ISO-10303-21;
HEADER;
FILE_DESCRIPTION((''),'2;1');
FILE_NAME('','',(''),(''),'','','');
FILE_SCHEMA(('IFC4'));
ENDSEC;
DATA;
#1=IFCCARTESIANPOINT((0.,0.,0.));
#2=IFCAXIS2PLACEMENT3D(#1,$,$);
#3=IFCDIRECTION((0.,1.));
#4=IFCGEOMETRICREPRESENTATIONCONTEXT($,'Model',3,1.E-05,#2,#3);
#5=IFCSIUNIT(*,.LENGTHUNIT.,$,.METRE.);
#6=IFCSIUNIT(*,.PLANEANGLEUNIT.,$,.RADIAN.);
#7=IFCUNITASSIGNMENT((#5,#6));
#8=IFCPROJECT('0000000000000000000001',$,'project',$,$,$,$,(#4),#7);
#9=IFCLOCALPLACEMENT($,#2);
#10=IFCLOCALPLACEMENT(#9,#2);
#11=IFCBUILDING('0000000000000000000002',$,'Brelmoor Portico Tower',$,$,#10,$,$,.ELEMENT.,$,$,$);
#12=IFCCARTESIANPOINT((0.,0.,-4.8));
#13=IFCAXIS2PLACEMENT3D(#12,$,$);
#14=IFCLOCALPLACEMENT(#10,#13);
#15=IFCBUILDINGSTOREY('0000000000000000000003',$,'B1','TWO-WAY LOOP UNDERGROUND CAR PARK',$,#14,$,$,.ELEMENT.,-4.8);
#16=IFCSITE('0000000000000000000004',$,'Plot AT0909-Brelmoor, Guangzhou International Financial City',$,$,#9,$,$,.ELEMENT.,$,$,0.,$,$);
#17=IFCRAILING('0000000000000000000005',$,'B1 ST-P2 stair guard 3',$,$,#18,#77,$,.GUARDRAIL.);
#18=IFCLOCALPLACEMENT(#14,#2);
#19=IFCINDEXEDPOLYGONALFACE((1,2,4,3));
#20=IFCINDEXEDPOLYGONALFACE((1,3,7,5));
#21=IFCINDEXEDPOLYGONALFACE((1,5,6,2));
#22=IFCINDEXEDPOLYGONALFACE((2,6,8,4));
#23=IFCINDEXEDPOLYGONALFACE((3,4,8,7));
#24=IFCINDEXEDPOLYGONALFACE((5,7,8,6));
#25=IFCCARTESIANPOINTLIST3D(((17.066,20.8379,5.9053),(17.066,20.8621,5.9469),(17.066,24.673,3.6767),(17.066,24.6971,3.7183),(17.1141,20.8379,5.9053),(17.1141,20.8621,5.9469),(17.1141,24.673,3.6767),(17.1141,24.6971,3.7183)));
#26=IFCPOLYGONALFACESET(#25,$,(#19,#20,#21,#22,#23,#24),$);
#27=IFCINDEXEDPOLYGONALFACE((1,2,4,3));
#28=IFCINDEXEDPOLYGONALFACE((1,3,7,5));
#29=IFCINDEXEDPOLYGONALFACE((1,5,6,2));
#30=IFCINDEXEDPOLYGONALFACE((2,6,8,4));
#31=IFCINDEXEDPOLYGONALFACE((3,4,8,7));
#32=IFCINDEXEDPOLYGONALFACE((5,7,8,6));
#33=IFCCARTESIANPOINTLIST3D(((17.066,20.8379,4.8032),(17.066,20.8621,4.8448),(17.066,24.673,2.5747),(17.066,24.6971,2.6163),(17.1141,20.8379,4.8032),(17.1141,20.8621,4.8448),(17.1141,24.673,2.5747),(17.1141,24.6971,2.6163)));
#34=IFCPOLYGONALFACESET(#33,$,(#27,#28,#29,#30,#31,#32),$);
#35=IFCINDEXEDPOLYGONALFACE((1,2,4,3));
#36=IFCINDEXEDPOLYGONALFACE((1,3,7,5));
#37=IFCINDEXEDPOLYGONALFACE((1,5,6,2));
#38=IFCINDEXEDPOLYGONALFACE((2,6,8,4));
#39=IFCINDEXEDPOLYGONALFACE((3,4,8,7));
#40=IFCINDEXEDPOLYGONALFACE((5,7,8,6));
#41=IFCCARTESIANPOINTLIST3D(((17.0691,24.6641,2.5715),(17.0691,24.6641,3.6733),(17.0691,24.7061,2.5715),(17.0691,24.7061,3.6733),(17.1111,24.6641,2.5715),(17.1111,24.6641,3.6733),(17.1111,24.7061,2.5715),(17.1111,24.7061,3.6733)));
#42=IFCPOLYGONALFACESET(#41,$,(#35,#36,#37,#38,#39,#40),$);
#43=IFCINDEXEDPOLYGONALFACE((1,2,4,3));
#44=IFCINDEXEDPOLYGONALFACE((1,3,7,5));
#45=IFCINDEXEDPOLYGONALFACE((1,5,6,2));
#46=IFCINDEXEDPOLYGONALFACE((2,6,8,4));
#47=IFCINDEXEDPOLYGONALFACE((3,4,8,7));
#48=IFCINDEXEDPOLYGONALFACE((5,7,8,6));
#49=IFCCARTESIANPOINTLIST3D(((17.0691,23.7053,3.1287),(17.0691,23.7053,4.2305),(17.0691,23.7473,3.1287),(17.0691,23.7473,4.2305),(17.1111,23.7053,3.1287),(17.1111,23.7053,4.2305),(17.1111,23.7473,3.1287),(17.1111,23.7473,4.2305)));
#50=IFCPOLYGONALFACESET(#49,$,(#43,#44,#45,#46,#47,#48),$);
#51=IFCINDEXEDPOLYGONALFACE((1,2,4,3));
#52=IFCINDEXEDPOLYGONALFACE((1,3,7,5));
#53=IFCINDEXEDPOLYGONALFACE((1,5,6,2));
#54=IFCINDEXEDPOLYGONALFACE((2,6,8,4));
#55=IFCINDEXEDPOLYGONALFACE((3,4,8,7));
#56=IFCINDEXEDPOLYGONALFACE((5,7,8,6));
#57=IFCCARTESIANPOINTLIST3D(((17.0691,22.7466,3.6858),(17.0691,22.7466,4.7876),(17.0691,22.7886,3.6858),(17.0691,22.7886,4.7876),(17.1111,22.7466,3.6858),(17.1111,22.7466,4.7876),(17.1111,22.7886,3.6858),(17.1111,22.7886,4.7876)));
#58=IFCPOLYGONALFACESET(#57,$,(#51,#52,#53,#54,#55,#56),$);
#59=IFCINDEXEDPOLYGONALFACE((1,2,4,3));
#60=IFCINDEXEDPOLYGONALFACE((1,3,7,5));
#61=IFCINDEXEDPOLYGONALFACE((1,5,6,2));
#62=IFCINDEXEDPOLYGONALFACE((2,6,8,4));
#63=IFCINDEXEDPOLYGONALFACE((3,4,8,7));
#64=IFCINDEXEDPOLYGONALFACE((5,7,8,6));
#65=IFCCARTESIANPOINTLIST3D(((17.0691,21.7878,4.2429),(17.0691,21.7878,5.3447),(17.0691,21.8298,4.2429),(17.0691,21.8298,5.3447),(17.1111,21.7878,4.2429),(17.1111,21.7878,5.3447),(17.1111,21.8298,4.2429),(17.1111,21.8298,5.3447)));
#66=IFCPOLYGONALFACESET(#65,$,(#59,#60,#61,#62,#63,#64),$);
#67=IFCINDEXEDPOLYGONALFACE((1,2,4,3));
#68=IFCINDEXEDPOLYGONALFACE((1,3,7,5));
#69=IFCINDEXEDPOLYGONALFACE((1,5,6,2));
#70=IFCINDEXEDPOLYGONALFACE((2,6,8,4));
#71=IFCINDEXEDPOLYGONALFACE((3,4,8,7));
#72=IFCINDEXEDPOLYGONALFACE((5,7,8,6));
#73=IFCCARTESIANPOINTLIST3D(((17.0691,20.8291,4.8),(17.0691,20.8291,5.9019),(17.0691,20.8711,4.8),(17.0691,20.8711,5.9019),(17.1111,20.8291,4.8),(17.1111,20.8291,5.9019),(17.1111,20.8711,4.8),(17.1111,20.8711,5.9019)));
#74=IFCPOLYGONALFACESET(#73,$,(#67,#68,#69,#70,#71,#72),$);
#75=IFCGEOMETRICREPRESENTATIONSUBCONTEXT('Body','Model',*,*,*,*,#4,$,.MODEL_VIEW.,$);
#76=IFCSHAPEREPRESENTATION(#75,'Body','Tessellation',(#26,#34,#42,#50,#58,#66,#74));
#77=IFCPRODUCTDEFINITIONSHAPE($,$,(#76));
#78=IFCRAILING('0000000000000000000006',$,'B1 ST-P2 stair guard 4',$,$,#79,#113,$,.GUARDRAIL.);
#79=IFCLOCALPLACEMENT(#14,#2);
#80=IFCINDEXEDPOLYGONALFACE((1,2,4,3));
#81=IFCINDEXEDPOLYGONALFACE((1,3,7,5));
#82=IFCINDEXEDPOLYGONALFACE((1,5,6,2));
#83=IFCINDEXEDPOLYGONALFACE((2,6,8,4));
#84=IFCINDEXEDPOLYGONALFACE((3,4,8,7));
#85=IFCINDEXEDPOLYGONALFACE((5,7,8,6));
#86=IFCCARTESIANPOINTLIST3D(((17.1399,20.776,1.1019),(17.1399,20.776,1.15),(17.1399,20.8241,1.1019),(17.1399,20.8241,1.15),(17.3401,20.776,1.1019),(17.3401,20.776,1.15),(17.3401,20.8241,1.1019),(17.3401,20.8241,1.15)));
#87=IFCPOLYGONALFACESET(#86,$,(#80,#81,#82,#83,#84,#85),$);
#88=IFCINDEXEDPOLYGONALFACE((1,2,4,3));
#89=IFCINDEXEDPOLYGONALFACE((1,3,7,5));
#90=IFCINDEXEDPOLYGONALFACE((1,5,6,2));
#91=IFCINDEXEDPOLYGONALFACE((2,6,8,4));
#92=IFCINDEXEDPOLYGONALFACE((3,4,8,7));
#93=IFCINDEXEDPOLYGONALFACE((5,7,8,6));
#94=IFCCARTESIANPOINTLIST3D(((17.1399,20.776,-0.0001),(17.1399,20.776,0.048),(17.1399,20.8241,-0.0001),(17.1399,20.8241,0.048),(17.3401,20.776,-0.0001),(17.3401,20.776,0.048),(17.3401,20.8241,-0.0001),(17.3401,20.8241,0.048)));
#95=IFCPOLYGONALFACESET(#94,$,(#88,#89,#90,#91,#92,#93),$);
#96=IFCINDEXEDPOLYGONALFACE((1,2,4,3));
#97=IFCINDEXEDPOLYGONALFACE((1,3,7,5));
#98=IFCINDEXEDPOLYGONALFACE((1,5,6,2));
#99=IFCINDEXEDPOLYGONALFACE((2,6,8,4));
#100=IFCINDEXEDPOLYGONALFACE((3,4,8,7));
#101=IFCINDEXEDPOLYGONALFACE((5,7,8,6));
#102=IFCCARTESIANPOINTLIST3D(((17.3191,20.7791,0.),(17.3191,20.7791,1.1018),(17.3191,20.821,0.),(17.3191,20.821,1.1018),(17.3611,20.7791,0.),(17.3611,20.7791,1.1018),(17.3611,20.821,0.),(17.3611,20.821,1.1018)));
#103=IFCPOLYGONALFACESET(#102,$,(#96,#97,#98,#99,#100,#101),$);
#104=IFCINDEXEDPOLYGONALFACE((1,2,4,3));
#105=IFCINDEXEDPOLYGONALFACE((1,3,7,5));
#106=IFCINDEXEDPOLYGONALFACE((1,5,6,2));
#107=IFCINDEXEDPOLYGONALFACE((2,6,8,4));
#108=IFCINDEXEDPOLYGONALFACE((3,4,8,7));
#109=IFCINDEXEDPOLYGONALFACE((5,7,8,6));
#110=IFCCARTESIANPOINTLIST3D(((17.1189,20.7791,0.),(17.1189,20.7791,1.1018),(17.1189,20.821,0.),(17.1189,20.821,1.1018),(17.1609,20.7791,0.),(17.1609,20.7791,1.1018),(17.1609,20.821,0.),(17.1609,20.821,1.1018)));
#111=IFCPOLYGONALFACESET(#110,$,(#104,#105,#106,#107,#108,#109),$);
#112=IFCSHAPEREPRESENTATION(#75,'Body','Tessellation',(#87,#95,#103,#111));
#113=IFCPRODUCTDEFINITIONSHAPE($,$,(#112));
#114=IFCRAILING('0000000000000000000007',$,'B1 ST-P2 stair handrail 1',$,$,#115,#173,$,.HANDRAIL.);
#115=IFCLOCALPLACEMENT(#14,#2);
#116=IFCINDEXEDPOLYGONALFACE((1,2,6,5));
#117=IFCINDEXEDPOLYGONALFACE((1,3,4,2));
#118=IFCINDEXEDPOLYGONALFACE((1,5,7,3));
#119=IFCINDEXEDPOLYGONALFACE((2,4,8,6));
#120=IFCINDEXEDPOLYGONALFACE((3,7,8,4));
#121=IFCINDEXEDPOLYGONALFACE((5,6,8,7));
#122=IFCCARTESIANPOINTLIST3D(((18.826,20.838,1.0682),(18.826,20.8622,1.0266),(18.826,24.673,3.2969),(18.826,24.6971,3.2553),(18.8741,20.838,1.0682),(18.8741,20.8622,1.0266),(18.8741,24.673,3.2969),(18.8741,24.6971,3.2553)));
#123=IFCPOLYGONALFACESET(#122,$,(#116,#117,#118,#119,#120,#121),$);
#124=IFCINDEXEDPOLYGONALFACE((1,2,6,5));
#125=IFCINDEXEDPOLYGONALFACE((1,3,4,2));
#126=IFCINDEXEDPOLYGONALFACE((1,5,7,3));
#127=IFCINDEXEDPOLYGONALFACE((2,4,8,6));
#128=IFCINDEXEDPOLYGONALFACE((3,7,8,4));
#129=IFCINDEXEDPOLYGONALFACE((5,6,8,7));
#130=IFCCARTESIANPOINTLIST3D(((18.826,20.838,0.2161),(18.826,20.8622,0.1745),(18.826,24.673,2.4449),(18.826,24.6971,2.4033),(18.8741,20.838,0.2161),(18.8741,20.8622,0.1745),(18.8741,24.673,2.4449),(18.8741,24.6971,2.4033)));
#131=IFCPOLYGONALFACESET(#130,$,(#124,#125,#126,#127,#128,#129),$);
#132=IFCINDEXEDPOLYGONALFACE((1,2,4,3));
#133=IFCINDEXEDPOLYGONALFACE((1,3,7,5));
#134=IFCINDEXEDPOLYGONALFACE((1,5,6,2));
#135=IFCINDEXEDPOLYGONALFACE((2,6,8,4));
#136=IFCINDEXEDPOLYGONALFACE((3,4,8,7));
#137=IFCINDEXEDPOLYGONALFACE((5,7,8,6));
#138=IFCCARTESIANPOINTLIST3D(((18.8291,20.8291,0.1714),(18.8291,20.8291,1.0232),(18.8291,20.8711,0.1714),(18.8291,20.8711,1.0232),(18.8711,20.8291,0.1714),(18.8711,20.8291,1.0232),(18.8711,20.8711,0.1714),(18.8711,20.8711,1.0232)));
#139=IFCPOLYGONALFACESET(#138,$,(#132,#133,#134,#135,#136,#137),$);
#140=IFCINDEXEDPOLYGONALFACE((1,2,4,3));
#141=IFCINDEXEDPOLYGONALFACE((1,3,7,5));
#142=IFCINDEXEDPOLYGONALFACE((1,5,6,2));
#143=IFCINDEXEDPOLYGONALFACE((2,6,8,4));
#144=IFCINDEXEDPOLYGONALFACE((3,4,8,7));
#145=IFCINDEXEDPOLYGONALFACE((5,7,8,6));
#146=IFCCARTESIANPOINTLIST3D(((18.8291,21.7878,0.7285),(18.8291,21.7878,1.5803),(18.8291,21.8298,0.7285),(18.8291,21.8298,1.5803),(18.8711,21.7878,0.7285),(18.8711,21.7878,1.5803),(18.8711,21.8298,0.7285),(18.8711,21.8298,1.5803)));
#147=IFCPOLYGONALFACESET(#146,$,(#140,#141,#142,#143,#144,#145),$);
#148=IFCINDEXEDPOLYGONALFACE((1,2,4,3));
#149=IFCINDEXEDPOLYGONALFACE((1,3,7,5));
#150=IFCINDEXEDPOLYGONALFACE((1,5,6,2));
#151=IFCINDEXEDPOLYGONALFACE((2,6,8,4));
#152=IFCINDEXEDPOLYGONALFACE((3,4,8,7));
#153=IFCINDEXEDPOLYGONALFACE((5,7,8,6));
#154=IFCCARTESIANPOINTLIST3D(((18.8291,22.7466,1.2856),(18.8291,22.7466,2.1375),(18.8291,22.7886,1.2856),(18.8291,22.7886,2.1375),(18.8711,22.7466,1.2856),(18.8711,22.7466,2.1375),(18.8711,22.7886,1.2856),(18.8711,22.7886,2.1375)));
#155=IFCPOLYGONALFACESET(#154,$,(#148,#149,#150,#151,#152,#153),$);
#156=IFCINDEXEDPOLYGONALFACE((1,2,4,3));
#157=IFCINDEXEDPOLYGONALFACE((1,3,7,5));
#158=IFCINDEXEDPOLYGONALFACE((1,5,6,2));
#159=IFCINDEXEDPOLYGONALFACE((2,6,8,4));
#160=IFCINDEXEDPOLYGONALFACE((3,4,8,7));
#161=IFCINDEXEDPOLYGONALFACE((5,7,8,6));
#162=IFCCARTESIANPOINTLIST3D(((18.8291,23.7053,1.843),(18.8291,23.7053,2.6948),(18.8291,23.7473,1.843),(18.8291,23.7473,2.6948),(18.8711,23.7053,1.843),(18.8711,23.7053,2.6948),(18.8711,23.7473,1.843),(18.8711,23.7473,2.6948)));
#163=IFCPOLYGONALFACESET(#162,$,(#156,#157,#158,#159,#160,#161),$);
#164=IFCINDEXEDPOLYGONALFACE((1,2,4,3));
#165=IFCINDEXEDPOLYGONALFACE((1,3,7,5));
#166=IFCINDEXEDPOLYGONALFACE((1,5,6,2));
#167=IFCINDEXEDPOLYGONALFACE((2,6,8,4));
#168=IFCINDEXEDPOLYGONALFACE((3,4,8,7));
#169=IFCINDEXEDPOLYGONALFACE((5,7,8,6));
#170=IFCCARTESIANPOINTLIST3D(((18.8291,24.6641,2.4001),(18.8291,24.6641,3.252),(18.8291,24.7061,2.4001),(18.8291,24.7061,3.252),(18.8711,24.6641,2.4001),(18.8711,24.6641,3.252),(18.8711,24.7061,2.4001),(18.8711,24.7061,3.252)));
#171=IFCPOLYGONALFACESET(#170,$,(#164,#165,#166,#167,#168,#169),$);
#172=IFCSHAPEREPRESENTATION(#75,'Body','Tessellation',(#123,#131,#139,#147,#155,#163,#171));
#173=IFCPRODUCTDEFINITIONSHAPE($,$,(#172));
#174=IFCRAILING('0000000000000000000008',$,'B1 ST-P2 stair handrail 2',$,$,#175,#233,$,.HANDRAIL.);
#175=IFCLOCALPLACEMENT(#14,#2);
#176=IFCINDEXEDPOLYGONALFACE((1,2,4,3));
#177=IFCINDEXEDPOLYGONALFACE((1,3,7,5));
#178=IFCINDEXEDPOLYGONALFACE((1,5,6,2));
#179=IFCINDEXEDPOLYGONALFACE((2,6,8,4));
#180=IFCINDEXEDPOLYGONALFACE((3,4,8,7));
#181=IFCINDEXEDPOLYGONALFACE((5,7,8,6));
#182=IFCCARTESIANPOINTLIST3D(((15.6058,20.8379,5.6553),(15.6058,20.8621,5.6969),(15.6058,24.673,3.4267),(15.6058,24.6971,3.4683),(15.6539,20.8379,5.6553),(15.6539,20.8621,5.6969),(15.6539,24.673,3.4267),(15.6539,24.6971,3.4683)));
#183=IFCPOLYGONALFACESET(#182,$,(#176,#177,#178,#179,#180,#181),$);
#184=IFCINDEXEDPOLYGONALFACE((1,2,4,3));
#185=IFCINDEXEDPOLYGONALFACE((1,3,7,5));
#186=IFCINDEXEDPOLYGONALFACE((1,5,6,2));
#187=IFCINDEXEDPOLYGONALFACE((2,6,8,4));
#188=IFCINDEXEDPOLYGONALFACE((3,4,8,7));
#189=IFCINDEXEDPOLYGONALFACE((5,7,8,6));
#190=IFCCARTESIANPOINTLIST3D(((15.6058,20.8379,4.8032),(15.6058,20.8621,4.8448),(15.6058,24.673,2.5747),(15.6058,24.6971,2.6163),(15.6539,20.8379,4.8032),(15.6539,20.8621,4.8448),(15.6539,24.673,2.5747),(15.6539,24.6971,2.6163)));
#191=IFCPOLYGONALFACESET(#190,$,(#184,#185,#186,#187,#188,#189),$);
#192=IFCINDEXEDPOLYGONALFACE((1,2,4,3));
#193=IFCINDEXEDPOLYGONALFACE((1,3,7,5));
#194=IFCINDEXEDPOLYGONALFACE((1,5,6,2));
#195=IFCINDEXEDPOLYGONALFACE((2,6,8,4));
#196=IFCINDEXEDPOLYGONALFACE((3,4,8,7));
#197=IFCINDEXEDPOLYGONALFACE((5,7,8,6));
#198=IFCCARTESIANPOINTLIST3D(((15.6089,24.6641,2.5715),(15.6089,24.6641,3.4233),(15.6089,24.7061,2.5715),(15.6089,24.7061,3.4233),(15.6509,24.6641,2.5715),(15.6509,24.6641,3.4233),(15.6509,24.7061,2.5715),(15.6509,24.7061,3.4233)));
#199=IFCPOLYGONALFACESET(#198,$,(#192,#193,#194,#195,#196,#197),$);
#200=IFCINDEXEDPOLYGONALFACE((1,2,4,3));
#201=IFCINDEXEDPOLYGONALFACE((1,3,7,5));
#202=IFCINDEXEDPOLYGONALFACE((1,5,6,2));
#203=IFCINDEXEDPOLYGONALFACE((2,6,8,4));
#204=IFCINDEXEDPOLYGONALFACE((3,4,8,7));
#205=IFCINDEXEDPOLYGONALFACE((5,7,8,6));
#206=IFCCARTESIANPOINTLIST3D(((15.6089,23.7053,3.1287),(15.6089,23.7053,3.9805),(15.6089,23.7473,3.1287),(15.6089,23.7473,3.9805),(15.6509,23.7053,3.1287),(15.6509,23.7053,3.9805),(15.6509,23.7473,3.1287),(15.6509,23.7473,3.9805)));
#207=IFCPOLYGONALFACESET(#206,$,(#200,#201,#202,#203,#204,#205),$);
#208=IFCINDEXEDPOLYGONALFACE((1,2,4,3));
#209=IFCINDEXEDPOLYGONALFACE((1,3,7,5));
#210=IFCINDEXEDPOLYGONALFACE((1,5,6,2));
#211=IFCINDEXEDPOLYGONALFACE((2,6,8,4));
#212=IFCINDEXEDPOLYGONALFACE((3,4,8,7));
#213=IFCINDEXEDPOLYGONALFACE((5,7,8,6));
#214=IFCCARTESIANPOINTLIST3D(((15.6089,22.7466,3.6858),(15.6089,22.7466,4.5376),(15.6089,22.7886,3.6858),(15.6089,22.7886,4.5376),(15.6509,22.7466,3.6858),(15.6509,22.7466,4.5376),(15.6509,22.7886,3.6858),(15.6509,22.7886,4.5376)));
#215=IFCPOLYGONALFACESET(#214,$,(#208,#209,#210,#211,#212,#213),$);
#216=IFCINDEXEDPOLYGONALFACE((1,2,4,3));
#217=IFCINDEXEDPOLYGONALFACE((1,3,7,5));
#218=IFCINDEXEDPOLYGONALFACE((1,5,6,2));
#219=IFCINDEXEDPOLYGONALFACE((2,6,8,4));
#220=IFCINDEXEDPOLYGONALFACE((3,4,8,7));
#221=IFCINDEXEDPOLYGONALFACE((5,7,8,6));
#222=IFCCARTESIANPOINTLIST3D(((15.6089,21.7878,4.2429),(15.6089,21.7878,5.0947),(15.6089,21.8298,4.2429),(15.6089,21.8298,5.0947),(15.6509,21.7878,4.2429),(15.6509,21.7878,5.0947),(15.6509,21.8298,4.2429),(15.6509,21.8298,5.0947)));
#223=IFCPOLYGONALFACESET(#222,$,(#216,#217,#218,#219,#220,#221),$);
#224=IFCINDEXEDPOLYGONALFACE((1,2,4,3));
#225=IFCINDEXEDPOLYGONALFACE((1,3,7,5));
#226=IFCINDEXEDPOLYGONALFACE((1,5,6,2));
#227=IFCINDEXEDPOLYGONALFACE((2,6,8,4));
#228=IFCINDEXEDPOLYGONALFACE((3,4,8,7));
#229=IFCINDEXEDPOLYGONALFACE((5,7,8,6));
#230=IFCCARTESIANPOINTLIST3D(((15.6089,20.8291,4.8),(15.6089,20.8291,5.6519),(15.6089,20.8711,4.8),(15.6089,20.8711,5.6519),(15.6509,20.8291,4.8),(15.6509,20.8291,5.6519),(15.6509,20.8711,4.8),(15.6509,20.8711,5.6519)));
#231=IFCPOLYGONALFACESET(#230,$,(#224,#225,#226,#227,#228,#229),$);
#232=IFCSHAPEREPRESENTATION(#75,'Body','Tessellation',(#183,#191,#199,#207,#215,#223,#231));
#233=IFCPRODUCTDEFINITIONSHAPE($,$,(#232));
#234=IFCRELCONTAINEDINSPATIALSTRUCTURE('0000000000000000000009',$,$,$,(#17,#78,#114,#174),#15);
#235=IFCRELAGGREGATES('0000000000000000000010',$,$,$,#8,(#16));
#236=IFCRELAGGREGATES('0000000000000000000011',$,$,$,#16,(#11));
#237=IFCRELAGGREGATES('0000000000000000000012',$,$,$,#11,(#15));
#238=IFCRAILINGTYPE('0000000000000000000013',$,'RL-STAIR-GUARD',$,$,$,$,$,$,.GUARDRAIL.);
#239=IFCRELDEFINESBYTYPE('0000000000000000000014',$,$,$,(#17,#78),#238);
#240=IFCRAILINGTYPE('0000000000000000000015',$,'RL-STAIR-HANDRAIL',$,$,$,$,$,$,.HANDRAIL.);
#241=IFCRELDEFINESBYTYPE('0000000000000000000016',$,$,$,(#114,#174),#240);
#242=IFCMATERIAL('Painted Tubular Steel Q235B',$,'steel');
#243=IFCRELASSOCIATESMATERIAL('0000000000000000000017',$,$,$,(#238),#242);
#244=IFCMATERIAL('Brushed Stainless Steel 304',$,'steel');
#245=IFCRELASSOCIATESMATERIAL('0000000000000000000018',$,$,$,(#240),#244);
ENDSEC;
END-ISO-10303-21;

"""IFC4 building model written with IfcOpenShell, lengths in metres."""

from ifc_helpers import new_model, si_unit, direction, frame, origin, origin_2d, place, context, subcontext, project, spatial, rectangle, extrude, material, type_object, element, save


model = new_model("IFC4")

# Units and contexts
model_context = context("Model", 3, precision=1e-05, world=origin(), true_north=direction((0.0, 1.0)))
body_context = subcontext(model_context, "Body", "Model", "MODEL_VIEW")
ifc_project = project(units=[si_unit("LENGTHUNIT", "METRE"), si_unit("PLANEANGLEUNIT", "RADIAN")], contexts=[model_context])

# Site, building, storey
site_placement = place(None, origin())
site = spatial("IfcSite", under=ifc_project, at=site_placement, Name="Plot AT0909-Brelmoor, Guangzhou International Financial City", CompositionType="ELEMENT", RefElevation=0.0)
building_placement = place(site_placement, origin())
building = spatial("IfcBuilding", under=site, at=building_placement, Name="Brelmoor Portico Tower", CompositionType="ELEMENT")
storey_placement = place(building_placement, frame((0.0, 0.0, -4.8)))
storey = spatial("IfcBuildingStorey", under=building, at=storey_placement, Name="B1", Description="TWO-WAY LOOP UNDERGROUND CAR PARK", CompositionType="ELEMENT", Elevation=-4.8)

# Railings
ifc_material_1 = material(Name="Painted Tubular Steel Q235B", Category="steel")
railing_type_1 = type_object("IfcRailingType", Name="RL-STAIR-GUARD", PredefinedType="GUARDRAIL", material=ifc_material_1)
railing_1_placement = place(storey_placement, frame((17.0901, 24.6851, 2.5715)))
element("IfcRailing", 1, at=railing_1_placement, inside=storey, type_object=railing_type_1, Name="B1 ST-P2 stair guard 3", PredefinedType="GUARDRAIL", context=body_context, shape_type="SweptSolid", body=[
    extrude(rectangle(XDim=0.0481, YDim=0.0481, at=origin_2d()), frame((0.0, 0.0, 1.126), z_axis=(0.0, -0.864616, 0.502433), x_axis=(1.0, 0.0, 0.0)), (0.0, 0.0, 1.0), 4.4355),
    extrude(rectangle(XDim=0.0481, YDim=0.0481, at=origin_2d()), frame((0.0, 0.0, 0.0239), z_axis=(0.0, -0.864616, 0.502433), x_axis=(1.0, 0.0, 0.0)), (0.0, 0.0, 1.0), 4.4355),
    extrude(rectangle(XDim=0.042, YDim=0.042, at=origin_2d()), origin(), (0.0, 0.0, 1.0), 1.1018),
    extrude(rectangle(XDim=0.042, YDim=0.042, at=origin_2d()), frame((0.0, -0.9587, 0.5571)), (0.0, 0.0, 1.0), 1.1018),
    extrude(rectangle(XDim=0.042, YDim=0.042, at=origin_2d()), frame((0.0, -1.9175, 1.1143)), (0.0, 0.0, 1.0), 1.1018),
    extrude(rectangle(XDim=0.042, YDim=0.042, at=origin_2d()), frame((0.0, -2.8762, 1.6714)), (0.0, 0.0, 1.0), 1.1018),
    extrude(rectangle(XDim=0.042, YDim=0.042, at=origin_2d()), frame((0.0, -3.835, 2.2285)), (0.0, 0.0, 1.0), 1.1018),
])
railing_2_placement = place(storey_placement, frame((17.3401, 20.8, 0.0)))
element("IfcRailing", 2, at=railing_2_placement, inside=storey, type_object=railing_type_1, Name="B1 ST-P2 stair guard 4", PredefinedType="GUARDRAIL", context=body_context, shape_type="SweptSolid", body=[
    extrude(rectangle(XDim=0.0481, YDim=0.0481, at=origin_2d()), frame((0.0, 0.0, 1.126), z_axis=(-1.0, 0.0, 0.0), x_axis=(0.0, -1.0, 0.0)), (0.0, 0.0, 1.0), 0.2002),
    extrude(rectangle(XDim=0.0481, YDim=0.0481, at=origin_2d()), frame((0.0, 0.0, 0.0239), z_axis=(-1.0, 0.0, 0.0), x_axis=(0.0, -1.0, 0.0)), (0.0, 0.0, 1.0), 0.2002),
    extrude(rectangle(XDim=0.042, YDim=0.042, at=origin_2d()), origin(), (0.0, 0.0, 1.0), 1.1018),
    extrude(rectangle(XDim=0.042, YDim=0.042, at=origin_2d()), frame((-0.2002, 0.0, 0.0)), (0.0, 0.0, 1.0), 1.1018),
])
ifc_material_2 = material(Name="Brushed Stainless Steel 304", Category="steel")
railing_type_2 = type_object("IfcRailingType", Name="RL-STAIR-HANDRAIL", PredefinedType="HANDRAIL", material=ifc_material_2)
railing_3_placement = place(storey_placement, frame((18.8501, 20.8501, 0.1714)))
element("IfcRailing", 3, at=railing_3_placement, inside=storey, type_object=railing_type_2, Name="B1 ST-P2 stair handrail 1", PredefinedType="HANDRAIL", context=body_context, shape_type="SweptSolid", body=[
    extrude(rectangle(XDim=0.0481, YDim=0.0481, at=origin_2d()), frame((0.0, 0.0, 0.876), z_axis=(0.0, 0.864592, 0.502474), x_axis=(-1.0, 0.0, 0.0)), (0.0, 0.0, 1.0), 4.4355),
    extrude(rectangle(XDim=0.0481, YDim=0.0481, at=origin_2d()), frame((0.0, 0.0, 0.0239), z_axis=(0.0, 0.864592, 0.502474), x_axis=(-1.0, 0.0, 0.0)), (0.0, 0.0, 1.0), 4.4355),
    extrude(rectangle(XDim=0.042, YDim=0.042, at=origin_2d()), origin(), (0.0, 0.0, 1.0), 0.8518),
    extrude(rectangle(XDim=0.042, YDim=0.042, at=origin_2d()), frame((0.0, 0.9587, 0.5571)), (0.0, 0.0, 1.0), 0.8518),
    extrude(rectangle(XDim=0.042, YDim=0.042, at=origin_2d()), frame((0.0, 1.9175, 1.1143)), (0.0, 0.0, 1.0), 0.8518),
    extrude(rectangle(XDim=0.042, YDim=0.042, at=origin_2d()), frame((0.0, 2.8762, 1.6716)), (0.0, 0.0, 1.0), 0.8518),
    extrude(rectangle(XDim=0.042, YDim=0.042, at=origin_2d()), frame((0.0, 3.835, 2.2288)), (0.0, 0.0, 1.0), 0.8518),
])
railing_4_placement = place(storey_placement, frame((15.6299, 24.6851, 2.5715)))
element("IfcRailing", 4, at=railing_4_placement, inside=storey, type_object=railing_type_2, Name="B1 ST-P2 stair handrail 2", PredefinedType="HANDRAIL", context=body_context, shape_type="SweptSolid", body=[
    extrude(rectangle(XDim=0.0481, YDim=0.0481, at=origin_2d()), frame((0.0, 0.0, 0.876), z_axis=(0.0, -0.864616, 0.502433), x_axis=(1.0, 0.0, 0.0)), (0.0, 0.0, 1.0), 4.4355),
    extrude(rectangle(XDim=0.0481, YDim=0.0481, at=origin_2d()), frame((0.0, 0.0, 0.0239), z_axis=(0.0, -0.864616, 0.502433), x_axis=(1.0, 0.0, 0.0)), (0.0, 0.0, 1.0), 4.4355),
    extrude(rectangle(XDim=0.042, YDim=0.042, at=origin_2d()), origin(), (0.0, 0.0, 1.0), 0.8518),
    extrude(rectangle(XDim=0.042, YDim=0.042, at=origin_2d()), frame((0.0, -0.9587, 0.5571)), (0.0, 0.0, 1.0), 0.8518),
    extrude(rectangle(XDim=0.042, YDim=0.042, at=origin_2d()), frame((0.0, -1.9175, 1.1143)), (0.0, 0.0, 1.0), 0.8518),
    extrude(rectangle(XDim=0.042, YDim=0.042, at=origin_2d()), frame((0.0, -2.8762, 1.6714)), (0.0, 0.0, 1.0), 0.8518),
    extrude(rectangle(XDim=0.042, YDim=0.042, at=origin_2d()), frame((0.0, -3.835, 2.2285)), (0.0, 0.0, 1.0), 0.8518),
])

save(model, "model.ifc")
